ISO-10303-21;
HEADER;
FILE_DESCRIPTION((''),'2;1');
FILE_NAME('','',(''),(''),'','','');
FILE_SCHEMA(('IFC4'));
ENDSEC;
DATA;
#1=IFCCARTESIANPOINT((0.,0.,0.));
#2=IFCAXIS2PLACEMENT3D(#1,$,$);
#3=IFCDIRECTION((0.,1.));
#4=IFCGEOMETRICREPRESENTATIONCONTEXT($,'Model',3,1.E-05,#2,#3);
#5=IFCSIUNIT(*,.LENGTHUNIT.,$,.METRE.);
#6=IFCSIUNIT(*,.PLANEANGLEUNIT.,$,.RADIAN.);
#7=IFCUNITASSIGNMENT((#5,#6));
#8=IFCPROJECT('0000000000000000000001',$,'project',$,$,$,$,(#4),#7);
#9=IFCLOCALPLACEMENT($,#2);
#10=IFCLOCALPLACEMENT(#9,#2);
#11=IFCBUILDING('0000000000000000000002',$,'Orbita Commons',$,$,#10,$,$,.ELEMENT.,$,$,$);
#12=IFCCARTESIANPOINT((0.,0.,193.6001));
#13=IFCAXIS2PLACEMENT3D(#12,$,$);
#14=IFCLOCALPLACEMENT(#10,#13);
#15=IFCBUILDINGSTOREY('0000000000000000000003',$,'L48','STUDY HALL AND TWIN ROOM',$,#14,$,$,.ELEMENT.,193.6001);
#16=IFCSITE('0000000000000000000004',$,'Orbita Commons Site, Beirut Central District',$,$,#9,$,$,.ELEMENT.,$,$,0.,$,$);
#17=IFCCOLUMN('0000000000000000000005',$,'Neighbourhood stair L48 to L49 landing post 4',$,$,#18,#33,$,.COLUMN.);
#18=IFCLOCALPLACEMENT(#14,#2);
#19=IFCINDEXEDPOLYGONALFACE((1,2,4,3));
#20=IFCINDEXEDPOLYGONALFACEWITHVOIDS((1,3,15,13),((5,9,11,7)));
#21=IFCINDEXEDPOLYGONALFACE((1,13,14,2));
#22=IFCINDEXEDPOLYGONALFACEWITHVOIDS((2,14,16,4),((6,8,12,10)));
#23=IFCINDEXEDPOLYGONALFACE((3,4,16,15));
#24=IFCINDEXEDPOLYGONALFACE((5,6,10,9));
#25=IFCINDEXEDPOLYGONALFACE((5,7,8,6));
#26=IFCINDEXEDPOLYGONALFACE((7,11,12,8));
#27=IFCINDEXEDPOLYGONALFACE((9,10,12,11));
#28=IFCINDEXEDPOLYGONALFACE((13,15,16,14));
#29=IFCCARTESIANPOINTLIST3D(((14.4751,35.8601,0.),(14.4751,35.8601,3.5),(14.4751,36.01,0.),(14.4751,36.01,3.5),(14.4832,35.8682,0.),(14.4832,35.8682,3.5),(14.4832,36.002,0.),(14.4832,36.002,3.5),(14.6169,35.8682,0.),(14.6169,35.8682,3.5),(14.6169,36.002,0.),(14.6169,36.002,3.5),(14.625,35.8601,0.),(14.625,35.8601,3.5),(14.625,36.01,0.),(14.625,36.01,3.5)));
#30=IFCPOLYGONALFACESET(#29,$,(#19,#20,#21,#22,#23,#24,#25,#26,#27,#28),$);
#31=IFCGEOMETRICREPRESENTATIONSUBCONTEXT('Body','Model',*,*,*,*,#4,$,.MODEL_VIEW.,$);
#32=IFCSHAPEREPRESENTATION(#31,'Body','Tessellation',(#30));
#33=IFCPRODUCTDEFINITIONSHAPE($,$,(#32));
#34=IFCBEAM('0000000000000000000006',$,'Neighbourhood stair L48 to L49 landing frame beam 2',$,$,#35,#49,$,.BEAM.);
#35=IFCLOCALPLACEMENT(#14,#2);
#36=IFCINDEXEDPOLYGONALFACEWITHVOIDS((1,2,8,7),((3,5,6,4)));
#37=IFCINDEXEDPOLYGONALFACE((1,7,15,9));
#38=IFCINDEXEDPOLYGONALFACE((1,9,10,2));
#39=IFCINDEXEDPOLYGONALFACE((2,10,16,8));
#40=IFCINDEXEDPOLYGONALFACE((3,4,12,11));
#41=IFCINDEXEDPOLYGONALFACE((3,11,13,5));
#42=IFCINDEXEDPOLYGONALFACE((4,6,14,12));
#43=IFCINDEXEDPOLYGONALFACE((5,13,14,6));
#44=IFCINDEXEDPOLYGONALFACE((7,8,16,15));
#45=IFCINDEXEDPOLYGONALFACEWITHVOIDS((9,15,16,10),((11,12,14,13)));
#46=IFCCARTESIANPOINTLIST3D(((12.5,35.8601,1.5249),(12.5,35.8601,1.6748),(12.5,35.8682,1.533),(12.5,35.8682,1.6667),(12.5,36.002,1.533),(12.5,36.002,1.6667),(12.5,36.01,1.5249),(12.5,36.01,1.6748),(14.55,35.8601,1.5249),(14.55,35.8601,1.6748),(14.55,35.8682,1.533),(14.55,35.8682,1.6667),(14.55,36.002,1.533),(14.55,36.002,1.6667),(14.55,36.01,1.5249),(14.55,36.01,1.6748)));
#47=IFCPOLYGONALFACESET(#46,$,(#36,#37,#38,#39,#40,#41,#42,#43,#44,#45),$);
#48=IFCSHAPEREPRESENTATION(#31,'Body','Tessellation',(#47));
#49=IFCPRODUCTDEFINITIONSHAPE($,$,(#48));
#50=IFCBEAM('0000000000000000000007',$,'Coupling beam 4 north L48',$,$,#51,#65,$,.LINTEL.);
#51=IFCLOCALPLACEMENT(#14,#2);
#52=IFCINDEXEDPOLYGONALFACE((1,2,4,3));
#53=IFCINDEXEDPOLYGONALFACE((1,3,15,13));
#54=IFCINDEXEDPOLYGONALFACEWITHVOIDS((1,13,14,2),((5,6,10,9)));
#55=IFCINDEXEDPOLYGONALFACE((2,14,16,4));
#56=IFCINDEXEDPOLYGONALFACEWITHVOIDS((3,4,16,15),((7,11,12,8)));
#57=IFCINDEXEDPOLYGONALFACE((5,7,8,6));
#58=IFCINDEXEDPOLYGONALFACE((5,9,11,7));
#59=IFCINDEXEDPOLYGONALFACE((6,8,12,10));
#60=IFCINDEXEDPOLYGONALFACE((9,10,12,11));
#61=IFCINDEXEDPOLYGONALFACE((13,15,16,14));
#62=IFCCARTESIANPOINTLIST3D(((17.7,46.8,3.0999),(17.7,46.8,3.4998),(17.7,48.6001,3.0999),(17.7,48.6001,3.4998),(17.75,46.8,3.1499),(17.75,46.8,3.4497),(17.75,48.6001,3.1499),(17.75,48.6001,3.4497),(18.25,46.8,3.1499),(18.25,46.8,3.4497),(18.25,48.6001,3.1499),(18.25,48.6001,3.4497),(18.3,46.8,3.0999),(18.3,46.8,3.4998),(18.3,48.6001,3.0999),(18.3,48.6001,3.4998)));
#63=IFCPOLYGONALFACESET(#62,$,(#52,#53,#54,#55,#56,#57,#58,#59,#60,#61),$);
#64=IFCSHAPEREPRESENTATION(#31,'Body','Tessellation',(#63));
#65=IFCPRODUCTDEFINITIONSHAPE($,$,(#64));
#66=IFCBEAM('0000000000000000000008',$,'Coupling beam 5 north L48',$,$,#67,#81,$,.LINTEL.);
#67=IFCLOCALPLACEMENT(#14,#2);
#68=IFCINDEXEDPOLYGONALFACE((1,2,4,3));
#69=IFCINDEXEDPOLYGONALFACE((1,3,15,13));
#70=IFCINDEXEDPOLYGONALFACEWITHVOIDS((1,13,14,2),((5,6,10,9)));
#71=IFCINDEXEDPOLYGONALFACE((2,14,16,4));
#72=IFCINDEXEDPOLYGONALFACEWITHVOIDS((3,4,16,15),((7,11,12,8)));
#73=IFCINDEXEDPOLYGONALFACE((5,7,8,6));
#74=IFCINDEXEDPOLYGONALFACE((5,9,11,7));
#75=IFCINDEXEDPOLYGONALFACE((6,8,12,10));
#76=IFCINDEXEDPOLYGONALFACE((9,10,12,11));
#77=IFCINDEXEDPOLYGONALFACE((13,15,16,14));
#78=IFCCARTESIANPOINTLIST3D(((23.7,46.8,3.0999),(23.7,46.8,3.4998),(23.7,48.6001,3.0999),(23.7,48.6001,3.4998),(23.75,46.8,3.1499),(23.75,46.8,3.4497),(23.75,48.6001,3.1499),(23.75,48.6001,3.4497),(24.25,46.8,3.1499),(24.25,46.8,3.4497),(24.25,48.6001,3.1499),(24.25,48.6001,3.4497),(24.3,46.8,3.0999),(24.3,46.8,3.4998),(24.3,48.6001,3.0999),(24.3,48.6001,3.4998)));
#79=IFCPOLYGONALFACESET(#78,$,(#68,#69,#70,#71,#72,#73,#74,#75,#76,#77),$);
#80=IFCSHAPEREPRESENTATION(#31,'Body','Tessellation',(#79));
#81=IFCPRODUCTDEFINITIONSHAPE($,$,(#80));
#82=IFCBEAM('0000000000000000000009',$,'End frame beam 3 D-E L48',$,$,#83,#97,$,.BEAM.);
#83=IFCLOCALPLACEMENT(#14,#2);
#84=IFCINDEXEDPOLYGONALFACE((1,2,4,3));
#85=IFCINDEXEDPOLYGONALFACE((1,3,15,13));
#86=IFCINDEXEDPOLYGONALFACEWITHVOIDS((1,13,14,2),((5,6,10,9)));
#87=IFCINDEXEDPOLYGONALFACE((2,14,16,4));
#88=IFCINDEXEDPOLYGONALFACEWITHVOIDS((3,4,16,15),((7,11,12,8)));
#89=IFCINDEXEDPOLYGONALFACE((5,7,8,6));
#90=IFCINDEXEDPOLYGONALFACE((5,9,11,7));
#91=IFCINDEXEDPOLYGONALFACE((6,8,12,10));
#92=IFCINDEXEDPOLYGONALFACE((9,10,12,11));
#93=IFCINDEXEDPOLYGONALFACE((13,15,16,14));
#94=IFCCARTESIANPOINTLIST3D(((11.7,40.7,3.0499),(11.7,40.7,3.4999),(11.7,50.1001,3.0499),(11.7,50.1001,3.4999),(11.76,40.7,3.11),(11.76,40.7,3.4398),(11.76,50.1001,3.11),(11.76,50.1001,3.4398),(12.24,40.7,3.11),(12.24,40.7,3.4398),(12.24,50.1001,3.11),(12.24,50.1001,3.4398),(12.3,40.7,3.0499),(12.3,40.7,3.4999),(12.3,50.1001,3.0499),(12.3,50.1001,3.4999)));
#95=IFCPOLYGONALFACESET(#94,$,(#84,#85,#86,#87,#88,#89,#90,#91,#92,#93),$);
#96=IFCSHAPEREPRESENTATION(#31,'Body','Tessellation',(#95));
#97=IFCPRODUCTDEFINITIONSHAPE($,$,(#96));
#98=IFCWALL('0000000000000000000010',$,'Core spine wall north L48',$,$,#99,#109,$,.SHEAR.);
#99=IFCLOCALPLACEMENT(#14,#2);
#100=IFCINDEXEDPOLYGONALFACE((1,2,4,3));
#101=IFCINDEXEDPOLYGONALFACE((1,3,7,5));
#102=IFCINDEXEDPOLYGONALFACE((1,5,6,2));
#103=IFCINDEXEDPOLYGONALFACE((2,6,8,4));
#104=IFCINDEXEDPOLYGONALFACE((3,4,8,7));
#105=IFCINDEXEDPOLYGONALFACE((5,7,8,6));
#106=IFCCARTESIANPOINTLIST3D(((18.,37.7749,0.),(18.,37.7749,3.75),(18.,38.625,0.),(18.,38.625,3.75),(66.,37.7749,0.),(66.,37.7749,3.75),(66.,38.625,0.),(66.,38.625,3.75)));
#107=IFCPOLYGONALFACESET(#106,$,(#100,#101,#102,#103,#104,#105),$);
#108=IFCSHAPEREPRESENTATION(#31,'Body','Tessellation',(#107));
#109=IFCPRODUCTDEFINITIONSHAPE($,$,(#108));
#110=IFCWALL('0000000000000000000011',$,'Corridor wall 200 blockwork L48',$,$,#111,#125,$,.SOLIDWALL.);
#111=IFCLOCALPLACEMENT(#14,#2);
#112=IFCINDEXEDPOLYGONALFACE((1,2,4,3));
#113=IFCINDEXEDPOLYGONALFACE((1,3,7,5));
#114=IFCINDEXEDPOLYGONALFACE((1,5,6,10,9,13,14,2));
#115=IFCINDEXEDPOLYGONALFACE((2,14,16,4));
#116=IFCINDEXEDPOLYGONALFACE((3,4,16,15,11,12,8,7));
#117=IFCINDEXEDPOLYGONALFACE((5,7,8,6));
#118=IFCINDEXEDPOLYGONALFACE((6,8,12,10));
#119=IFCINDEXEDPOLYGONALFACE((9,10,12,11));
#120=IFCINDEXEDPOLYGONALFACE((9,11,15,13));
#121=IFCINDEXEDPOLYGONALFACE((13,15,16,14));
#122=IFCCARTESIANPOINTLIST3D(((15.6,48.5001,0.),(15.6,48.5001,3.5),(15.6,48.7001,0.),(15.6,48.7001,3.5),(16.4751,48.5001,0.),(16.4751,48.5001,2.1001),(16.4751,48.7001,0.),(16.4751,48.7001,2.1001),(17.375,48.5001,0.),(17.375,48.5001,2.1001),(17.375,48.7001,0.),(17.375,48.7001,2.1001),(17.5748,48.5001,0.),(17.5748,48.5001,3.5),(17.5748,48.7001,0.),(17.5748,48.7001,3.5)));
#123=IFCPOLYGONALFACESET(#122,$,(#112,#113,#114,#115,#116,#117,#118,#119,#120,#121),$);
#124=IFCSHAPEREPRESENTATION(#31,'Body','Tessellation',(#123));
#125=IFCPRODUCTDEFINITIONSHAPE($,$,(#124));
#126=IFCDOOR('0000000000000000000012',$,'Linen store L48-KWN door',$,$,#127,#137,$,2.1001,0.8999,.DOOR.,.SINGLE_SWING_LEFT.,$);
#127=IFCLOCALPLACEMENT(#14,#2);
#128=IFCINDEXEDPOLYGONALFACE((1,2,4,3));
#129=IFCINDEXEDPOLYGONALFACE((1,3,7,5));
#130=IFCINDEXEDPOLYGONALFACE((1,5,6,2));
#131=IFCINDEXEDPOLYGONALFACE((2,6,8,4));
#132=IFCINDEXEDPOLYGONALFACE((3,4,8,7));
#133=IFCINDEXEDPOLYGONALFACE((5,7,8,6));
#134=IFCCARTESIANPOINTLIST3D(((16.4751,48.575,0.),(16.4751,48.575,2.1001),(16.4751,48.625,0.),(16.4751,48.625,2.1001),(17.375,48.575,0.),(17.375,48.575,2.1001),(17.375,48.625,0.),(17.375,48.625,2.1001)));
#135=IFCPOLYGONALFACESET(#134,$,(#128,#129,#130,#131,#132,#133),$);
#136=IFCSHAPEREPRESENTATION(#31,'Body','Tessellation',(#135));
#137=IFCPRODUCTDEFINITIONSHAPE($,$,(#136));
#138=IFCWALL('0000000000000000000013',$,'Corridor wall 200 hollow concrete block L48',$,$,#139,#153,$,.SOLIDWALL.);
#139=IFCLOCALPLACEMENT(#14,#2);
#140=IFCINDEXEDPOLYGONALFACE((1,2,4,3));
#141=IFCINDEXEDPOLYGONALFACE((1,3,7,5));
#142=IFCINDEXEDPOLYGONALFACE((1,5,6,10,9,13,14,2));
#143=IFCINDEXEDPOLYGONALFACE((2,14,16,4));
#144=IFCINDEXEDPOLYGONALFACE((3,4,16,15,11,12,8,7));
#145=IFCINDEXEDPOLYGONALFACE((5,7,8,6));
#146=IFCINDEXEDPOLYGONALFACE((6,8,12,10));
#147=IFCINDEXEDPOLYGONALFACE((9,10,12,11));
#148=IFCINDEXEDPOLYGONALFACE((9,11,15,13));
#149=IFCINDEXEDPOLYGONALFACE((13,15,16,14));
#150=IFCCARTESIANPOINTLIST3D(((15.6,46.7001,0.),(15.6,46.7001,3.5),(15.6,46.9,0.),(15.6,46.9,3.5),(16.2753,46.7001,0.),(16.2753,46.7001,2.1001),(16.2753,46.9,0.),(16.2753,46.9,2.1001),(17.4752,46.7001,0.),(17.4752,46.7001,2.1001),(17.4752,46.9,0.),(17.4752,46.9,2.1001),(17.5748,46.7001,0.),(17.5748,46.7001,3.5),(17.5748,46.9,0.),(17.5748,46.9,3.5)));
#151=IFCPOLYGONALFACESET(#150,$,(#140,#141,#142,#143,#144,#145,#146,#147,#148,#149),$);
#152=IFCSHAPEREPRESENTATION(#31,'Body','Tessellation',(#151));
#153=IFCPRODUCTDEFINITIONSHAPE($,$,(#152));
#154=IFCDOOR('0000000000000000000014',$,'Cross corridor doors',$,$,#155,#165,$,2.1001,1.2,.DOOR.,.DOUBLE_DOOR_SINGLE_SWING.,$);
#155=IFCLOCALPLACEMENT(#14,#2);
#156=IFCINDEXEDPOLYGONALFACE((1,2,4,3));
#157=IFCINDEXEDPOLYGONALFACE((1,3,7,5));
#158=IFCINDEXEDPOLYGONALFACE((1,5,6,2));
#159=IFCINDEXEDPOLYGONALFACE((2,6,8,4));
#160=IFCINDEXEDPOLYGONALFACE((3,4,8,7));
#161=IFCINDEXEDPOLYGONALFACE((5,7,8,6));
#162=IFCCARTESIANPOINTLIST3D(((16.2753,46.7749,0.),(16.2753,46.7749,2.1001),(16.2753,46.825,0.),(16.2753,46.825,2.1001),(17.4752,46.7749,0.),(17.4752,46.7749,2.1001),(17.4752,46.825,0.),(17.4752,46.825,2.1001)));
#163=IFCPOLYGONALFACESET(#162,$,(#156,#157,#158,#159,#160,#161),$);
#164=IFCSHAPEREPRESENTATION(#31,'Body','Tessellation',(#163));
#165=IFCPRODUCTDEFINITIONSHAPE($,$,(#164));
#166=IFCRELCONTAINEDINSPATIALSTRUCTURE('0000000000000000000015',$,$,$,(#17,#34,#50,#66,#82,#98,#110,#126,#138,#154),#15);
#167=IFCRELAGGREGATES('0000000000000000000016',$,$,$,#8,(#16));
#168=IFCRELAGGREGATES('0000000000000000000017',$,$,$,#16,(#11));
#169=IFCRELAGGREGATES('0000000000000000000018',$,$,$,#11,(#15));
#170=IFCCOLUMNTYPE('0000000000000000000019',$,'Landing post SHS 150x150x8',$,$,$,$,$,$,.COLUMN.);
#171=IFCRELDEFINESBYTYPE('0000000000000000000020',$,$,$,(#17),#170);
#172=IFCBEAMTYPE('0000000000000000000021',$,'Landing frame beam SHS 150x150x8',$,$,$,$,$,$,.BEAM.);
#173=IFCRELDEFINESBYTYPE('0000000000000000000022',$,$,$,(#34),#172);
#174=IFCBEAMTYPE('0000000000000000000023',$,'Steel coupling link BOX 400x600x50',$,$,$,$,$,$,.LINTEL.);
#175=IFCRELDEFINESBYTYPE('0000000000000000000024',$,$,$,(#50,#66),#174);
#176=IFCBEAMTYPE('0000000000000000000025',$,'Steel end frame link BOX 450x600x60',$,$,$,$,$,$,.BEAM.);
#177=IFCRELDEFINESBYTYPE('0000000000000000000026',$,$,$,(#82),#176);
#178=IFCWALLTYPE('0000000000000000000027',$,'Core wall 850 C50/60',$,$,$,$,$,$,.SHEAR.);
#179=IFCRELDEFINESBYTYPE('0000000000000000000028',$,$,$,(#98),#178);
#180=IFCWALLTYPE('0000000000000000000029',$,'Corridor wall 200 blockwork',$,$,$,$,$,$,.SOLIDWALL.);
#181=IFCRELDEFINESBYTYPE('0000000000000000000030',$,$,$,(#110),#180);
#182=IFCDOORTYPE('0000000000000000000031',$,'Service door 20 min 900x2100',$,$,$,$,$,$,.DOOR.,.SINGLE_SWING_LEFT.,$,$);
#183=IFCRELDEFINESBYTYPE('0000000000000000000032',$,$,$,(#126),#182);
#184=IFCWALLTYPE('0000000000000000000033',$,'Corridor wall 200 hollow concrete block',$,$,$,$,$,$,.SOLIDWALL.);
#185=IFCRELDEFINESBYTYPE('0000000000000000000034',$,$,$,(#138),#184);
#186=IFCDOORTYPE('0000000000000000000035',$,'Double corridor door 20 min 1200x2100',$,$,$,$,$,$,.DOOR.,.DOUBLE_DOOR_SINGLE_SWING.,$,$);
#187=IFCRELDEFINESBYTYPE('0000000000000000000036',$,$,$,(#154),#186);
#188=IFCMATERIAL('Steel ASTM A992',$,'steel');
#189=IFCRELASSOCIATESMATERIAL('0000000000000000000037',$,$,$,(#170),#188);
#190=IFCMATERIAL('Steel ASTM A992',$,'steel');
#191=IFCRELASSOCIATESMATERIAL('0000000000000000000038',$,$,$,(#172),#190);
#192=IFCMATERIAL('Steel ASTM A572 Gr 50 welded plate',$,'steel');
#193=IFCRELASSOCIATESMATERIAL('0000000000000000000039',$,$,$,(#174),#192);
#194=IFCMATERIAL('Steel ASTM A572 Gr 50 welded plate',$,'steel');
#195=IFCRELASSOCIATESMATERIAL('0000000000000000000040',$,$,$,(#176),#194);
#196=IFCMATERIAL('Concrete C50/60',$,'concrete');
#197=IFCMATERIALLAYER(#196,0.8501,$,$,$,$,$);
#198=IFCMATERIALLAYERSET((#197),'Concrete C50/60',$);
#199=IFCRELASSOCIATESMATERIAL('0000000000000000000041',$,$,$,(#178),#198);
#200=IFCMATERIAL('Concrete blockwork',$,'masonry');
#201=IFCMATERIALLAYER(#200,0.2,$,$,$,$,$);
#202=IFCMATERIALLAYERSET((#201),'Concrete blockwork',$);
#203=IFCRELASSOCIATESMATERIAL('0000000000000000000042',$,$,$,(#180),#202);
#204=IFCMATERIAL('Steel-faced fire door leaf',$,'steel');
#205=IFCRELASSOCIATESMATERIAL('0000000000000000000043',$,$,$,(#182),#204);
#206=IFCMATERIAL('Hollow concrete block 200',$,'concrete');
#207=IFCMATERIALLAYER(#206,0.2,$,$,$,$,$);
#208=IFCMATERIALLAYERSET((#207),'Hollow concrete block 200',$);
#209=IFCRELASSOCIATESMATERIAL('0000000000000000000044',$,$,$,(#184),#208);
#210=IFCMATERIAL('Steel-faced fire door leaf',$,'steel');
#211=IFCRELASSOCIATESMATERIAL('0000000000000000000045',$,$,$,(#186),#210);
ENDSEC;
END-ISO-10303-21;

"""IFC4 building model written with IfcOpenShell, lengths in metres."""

from ifc_helpers import new_model, si_unit, direction, frame, frame_2d, origin, origin_2d, place, context, subcontext, project, spatial, rectangle, hollow_rectangle, extrude, material, layer, layer_set, material_profile, profile_set, type_object, element, fill, save


model = new_model("IFC4")

# Units and contexts
model_context = context("Model", 3, precision=1e-05, world=origin(), true_north=direction((0.0, 1.0)))
body_context = subcontext(model_context, "Body", "Model", "MODEL_VIEW")
ifc_project = project(units=[si_unit("LENGTHUNIT", "METRE"), si_unit("PLANEANGLEUNIT", "RADIAN")], contexts=[model_context])

# Site, building, storey
site_placement = place(None, origin())
site = spatial("IfcSite", under=ifc_project, at=site_placement, Name="Orbita Commons Site, Beirut Central District", CompositionType="ELEMENT", RefElevation=0.0)
building_placement = place(site_placement, origin())
building = spatial("IfcBuilding", under=site, at=building_placement, Name="Orbita Commons", CompositionType="ELEMENT")
storey_placement = place(building_placement, frame((0.0, 0.0, 193.6001)))
storey = spatial("IfcBuildingStorey", under=building, at=storey_placement, Name="L48", Description="STUDY HALL AND TWIN ROOM", CompositionType="ELEMENT", Elevation=193.6001)

# Column
ifc_material_1 = material(Name="Steel ASTM A992", Category="steel")
ifc_material_profile_1 = material_profile(ifc_material_1, hollow_rectangle(XDim=0.1499, YDim=0.1499, WallThickness=0.0081, at=origin_2d()), Name="SHS 150x150x8")
ifc_profile_set_1 = profile_set([ifc_material_profile_1], Name="Steel ASTM A992")
column_type = type_object("IfcColumnType", Name="Landing post SHS 150x150x8", PredefinedType="COLUMN", material=ifc_profile_set_1)
column_placement = place(storey_placement, frame((14.55, 35.9351, 0.0), z_axis=(0.0, 0.0, 1.0), x_axis=(1.0, 0.0, 0.0)))
element("IfcColumn", 1, at=column_placement, inside=storey, type_object=column_type, Name="Neighbourhood stair L48 to L49 landing post 4", PredefinedType="COLUMN", context=body_context, shape_type="SweptSolid", body=[
    extrude(hollow_rectangle(XDim=0.1499, YDim=0.1499, WallThickness=0.0081, at=origin_2d()), origin(), (0.0, 0.0, 1.0), 3.5),
])

# Beams
ifc_material_2 = material(Name="Steel ASTM A992", Category="steel")
ifc_material_profile_2 = material_profile(ifc_material_2, hollow_rectangle(XDim=0.1499, YDim=0.1499, WallThickness=0.0081, at=origin_2d()), Name="SHS 150x150x8")
ifc_profile_set_2 = profile_set([ifc_material_profile_2], Name="Steel ASTM A992")
beam_type_1 = type_object("IfcBeamType", Name="Landing frame beam SHS 150x150x8", PredefinedType="BEAM", material=ifc_profile_set_2)
beam_1_placement = place(storey_placement, frame((12.5, 35.9351, 1.5999), z_axis=(1.0, 0.0, 0.0), x_axis=(0.0, 1.0, 0.0)))
element("IfcBeam", 2, at=beam_1_placement, inside=storey, type_object=beam_type_1, Name="Neighbourhood stair L48 to L49 landing frame beam 2", PredefinedType="BEAM", context=body_context, shape_type="SweptSolid", body=[
    extrude(hollow_rectangle(XDim=0.1499, YDim=0.1499, WallThickness=0.0081, at=origin_2d()), origin(), (0.0, 0.0, 1.0), 2.05),
])
ifc_material_3 = material(Name="Steel ASTM A572 Gr 50 welded plate", Category="steel")
ifc_material_profile_3 = material_profile(ifc_material_3, hollow_rectangle(XDim=0.6001, YDim=0.3999, WallThickness=0.05, at=origin_2d()), Name="BOX 400x600x50")
ifc_profile_set_3 = profile_set([ifc_material_profile_3], Name="Steel ASTM A572 Gr 50 welded plate")
beam_type_2 = type_object("IfcBeamType", Name="Steel coupling link BOX 400x600x50", PredefinedType="LINTEL", material=ifc_profile_set_3)
for number, where, z_axis, x_axis, name in (
    (3, (18.0, 46.8, 3.2998), (0.0, 1.0, 0.0), (-1.0, 0.0, 0.0), "Coupling beam 4 north L48"),
    (4, (24.0, 46.8, 3.2998), (0.0, 1.0, 0.0), (-1.0, 0.0, 0.0), "Coupling beam 5 north L48"),
):
    element("IfcBeam", number, at=place(storey_placement, frame(where, z_axis=z_axis, x_axis=x_axis)), inside=storey, type_object=beam_type_2, Name=name, PredefinedType="LINTEL", context=body_context, shape_type="SweptSolid", body=[
        extrude(hollow_rectangle(XDim=0.6001, YDim=0.3999, WallThickness=0.05, at=origin_2d()), origin(), (0.0, 0.0, 1.0), 1.8),
    ])
ifc_material_4 = material(Name="Steel ASTM A572 Gr 50 welded plate", Category="steel")
ifc_material_profile_4 = material_profile(ifc_material_4, hollow_rectangle(XDim=0.6001, YDim=0.45, WallThickness=0.0601, at=origin_2d()), Name="BOX 450x600x60")
ifc_profile_set_4 = profile_set([ifc_material_profile_4], Name="Steel ASTM A572 Gr 50 welded plate")
beam_type_3 = type_object("IfcBeamType", Name="Steel end frame link BOX 450x600x60", PredefinedType="BEAM", material=ifc_profile_set_4)
beam_2_placement = place(storey_placement, frame((12.0, 40.7, 3.2749), z_axis=(0.0, 1.0, 0.0), x_axis=(-1.0, 0.0, 0.0)))
element("IfcBeam", 5, at=beam_2_placement, inside=storey, type_object=beam_type_3, Name="End frame beam 3 D-E L48", PredefinedType="BEAM", context=body_context, shape_type="SweptSolid", body=[
    extrude(hollow_rectangle(XDim=0.6001, YDim=0.45, WallThickness=0.0601, at=origin_2d()), origin(), (0.0, 0.0, 1.0), 9.4001),
])

# Wall
ifc_material_5 = material(Name="Concrete C50/60", Category="concrete")
ifc_layer_1 = layer(ifc_material_5, 0.8501)
ifc_layer_set_1 = layer_set([ifc_layer_1], Name="Concrete C50/60")
wall_type_1 = type_object("IfcWallType", Name="Core wall 850 C50/60", PredefinedType="SHEAR", material=ifc_layer_set_1)
wall_1_placement = place(storey_placement, frame((18.0, 38.2, 0.0), z_axis=(0.0, 0.0, 1.0), x_axis=(1.0, 0.0, 0.0)))
element("IfcWall", 6, at=wall_1_placement, inside=storey, type_object=wall_type_1, Name="Core spine wall north L48", PredefinedType="SHEAR", context=body_context, shape_type="SweptSolid", body=[
    extrude(rectangle(XDim=48.0, YDim=0.8501, at=frame_2d((24.0, 0.0))), origin(), (0.0, 0.0, 1.0), 3.75),
])

# Walls, openings, doors
ifc_material_6 = material(Name="Concrete blockwork", Category="masonry")
ifc_layer_2 = layer(ifc_material_6, 0.2)
ifc_layer_set_2 = layer_set([ifc_layer_2], Name="Concrete blockwork")
wall_type_2 = type_object("IfcWallType", Name="Corridor wall 200 blockwork", PredefinedType="SOLIDWALL", material=ifc_layer_set_2)
wall_2_placement = place(storey_placement, frame((15.6001, 48.6001, 0.0), z_axis=(0.0, 0.0, 1.0), x_axis=(1.0, 0.0, 0.0)))
wall_2 = element("IfcWall", 7, at=wall_2_placement, inside=storey, type_object=wall_type_2, Name="Corridor wall 200 blockwork L48", PredefinedType="SOLIDWALL", context=body_context, shape_type="SweptSolid", body=[
    extrude(rectangle(XDim=1.9749, YDim=0.2, at=frame_2d((0.9873, 0.0))), origin(), (0.0, 0.0, 1.0), 3.5),
])
opening_1_placement = place(wall_2_placement, frame((0.875, 0.0, 0.0)))
opening_1 = element("IfcOpeningElement", 8, at=opening_1_placement, cuts=wall_2, PredefinedType="OPENING", context=body_context, shape_type="SweptSolid", body=[
    extrude(rectangle(XDim=0.8999, YDim=2.1001, at=frame_2d((0.45, 1.05))), frame((0.0, 0.1099, 0.0), z_axis=(0.0, -1.0, 0.0), x_axis=(1.0, 0.0, 0.0)), (0.0, 0.0, 1.0), 0.22),
])
ifc_material_7 = material(Name="Steel-faced fire door leaf", Category="steel")
door_type_1 = type_object("IfcDoorType", Name="Service door 20 min 900x2100", OperationType="SINGLE_SWING_LEFT", PredefinedType="DOOR", material=ifc_material_7)
door_1_placement = place(opening_1_placement, origin())
door_1 = element("IfcDoor", 9, at=door_1_placement, inside=storey, type_object=door_type_1, Name="Linen store L48-KWN door", OperationType="SINGLE_SWING_LEFT", OverallHeight=2.1001, OverallWidth=0.8999, PredefinedType="DOOR", context=body_context, shape_type="SweptSolid", body=[
    extrude(rectangle(XDim=0.8999, YDim=2.1001, at=frame_2d((0.45, 1.05))), frame((0.0, 0.0249, 0.0), z_axis=(0.0, -1.0, 0.0), x_axis=(1.0, 0.0, 0.0)), (0.0, 0.0, 1.0), 0.05),
])
fill(opening_1, door_1)
ifc_material_8 = material(Name="Hollow concrete block 200", Category="concrete")
ifc_layer_3 = layer(ifc_material_8, 0.2)
ifc_layer_set_3 = layer_set([ifc_layer_3], Name="Hollow concrete block 200")
wall_type_3 = type_object("IfcWallType", Name="Corridor wall 200 hollow concrete block", PredefinedType="SOLIDWALL", material=ifc_layer_set_3)
wall_3_placement = place(storey_placement, frame((15.6001, 46.8, 0.0), z_axis=(0.0, 0.0, 1.0), x_axis=(1.0, 0.0, 0.0)))
wall_3 = element("IfcWall", 10, at=wall_3_placement, inside=storey, type_object=wall_type_3, Name="Corridor wall 200 hollow concrete block L48", PredefinedType="SOLIDWALL", context=body_context, shape_type="SweptSolid", body=[
    extrude(rectangle(XDim=1.9749, YDim=0.2, at=frame_2d((0.9873, 0.0))), origin(), (0.0, 0.0, 1.0), 3.5),
])
opening_2_placement = place(wall_3_placement, frame((0.675, 0.0, 0.0)))
opening_2 = element("IfcOpeningElement", 11, at=opening_2_placement, cuts=wall_3, PredefinedType="OPENING", context=body_context, shape_type="SweptSolid", body=[
    extrude(rectangle(XDim=1.2, YDim=2.1001, at=frame_2d((0.6001, 1.05))), frame((0.0, 0.1099, 0.0), z_axis=(0.0, -1.0, 0.0), x_axis=(1.0, 0.0, 0.0)), (0.0, 0.0, 1.0), 0.22),
])
ifc_material_9 = material(Name="Steel-faced fire door leaf", Category="steel")
door_type_2 = type_object("IfcDoorType", Name="Double corridor door 20 min 1200x2100", OperationType="DOUBLE_DOOR_SINGLE_SWING", PredefinedType="DOOR", material=ifc_material_9)
door_2_placement = place(opening_2_placement, origin())
door_2 = element("IfcDoor", 12, at=door_2_placement, inside=storey, type_object=door_type_2, Name="Cross corridor doors", OperationType="DOUBLE_DOOR_SINGLE_SWING", OverallHeight=2.1001, OverallWidth=1.2, PredefinedType="DOOR", context=body_context, shape_type="SweptSolid", body=[
    extrude(rectangle(XDim=1.2, YDim=2.1001, at=frame_2d((0.6001, 1.05))), frame((0.0, 0.0249, 0.0), z_axis=(0.0, -1.0, 0.0), x_axis=(1.0, 0.0, 0.0)), (0.0, 0.0, 1.0), 0.05),
])
fill(opening_2, door_2)

save(model, "model.ifc")
